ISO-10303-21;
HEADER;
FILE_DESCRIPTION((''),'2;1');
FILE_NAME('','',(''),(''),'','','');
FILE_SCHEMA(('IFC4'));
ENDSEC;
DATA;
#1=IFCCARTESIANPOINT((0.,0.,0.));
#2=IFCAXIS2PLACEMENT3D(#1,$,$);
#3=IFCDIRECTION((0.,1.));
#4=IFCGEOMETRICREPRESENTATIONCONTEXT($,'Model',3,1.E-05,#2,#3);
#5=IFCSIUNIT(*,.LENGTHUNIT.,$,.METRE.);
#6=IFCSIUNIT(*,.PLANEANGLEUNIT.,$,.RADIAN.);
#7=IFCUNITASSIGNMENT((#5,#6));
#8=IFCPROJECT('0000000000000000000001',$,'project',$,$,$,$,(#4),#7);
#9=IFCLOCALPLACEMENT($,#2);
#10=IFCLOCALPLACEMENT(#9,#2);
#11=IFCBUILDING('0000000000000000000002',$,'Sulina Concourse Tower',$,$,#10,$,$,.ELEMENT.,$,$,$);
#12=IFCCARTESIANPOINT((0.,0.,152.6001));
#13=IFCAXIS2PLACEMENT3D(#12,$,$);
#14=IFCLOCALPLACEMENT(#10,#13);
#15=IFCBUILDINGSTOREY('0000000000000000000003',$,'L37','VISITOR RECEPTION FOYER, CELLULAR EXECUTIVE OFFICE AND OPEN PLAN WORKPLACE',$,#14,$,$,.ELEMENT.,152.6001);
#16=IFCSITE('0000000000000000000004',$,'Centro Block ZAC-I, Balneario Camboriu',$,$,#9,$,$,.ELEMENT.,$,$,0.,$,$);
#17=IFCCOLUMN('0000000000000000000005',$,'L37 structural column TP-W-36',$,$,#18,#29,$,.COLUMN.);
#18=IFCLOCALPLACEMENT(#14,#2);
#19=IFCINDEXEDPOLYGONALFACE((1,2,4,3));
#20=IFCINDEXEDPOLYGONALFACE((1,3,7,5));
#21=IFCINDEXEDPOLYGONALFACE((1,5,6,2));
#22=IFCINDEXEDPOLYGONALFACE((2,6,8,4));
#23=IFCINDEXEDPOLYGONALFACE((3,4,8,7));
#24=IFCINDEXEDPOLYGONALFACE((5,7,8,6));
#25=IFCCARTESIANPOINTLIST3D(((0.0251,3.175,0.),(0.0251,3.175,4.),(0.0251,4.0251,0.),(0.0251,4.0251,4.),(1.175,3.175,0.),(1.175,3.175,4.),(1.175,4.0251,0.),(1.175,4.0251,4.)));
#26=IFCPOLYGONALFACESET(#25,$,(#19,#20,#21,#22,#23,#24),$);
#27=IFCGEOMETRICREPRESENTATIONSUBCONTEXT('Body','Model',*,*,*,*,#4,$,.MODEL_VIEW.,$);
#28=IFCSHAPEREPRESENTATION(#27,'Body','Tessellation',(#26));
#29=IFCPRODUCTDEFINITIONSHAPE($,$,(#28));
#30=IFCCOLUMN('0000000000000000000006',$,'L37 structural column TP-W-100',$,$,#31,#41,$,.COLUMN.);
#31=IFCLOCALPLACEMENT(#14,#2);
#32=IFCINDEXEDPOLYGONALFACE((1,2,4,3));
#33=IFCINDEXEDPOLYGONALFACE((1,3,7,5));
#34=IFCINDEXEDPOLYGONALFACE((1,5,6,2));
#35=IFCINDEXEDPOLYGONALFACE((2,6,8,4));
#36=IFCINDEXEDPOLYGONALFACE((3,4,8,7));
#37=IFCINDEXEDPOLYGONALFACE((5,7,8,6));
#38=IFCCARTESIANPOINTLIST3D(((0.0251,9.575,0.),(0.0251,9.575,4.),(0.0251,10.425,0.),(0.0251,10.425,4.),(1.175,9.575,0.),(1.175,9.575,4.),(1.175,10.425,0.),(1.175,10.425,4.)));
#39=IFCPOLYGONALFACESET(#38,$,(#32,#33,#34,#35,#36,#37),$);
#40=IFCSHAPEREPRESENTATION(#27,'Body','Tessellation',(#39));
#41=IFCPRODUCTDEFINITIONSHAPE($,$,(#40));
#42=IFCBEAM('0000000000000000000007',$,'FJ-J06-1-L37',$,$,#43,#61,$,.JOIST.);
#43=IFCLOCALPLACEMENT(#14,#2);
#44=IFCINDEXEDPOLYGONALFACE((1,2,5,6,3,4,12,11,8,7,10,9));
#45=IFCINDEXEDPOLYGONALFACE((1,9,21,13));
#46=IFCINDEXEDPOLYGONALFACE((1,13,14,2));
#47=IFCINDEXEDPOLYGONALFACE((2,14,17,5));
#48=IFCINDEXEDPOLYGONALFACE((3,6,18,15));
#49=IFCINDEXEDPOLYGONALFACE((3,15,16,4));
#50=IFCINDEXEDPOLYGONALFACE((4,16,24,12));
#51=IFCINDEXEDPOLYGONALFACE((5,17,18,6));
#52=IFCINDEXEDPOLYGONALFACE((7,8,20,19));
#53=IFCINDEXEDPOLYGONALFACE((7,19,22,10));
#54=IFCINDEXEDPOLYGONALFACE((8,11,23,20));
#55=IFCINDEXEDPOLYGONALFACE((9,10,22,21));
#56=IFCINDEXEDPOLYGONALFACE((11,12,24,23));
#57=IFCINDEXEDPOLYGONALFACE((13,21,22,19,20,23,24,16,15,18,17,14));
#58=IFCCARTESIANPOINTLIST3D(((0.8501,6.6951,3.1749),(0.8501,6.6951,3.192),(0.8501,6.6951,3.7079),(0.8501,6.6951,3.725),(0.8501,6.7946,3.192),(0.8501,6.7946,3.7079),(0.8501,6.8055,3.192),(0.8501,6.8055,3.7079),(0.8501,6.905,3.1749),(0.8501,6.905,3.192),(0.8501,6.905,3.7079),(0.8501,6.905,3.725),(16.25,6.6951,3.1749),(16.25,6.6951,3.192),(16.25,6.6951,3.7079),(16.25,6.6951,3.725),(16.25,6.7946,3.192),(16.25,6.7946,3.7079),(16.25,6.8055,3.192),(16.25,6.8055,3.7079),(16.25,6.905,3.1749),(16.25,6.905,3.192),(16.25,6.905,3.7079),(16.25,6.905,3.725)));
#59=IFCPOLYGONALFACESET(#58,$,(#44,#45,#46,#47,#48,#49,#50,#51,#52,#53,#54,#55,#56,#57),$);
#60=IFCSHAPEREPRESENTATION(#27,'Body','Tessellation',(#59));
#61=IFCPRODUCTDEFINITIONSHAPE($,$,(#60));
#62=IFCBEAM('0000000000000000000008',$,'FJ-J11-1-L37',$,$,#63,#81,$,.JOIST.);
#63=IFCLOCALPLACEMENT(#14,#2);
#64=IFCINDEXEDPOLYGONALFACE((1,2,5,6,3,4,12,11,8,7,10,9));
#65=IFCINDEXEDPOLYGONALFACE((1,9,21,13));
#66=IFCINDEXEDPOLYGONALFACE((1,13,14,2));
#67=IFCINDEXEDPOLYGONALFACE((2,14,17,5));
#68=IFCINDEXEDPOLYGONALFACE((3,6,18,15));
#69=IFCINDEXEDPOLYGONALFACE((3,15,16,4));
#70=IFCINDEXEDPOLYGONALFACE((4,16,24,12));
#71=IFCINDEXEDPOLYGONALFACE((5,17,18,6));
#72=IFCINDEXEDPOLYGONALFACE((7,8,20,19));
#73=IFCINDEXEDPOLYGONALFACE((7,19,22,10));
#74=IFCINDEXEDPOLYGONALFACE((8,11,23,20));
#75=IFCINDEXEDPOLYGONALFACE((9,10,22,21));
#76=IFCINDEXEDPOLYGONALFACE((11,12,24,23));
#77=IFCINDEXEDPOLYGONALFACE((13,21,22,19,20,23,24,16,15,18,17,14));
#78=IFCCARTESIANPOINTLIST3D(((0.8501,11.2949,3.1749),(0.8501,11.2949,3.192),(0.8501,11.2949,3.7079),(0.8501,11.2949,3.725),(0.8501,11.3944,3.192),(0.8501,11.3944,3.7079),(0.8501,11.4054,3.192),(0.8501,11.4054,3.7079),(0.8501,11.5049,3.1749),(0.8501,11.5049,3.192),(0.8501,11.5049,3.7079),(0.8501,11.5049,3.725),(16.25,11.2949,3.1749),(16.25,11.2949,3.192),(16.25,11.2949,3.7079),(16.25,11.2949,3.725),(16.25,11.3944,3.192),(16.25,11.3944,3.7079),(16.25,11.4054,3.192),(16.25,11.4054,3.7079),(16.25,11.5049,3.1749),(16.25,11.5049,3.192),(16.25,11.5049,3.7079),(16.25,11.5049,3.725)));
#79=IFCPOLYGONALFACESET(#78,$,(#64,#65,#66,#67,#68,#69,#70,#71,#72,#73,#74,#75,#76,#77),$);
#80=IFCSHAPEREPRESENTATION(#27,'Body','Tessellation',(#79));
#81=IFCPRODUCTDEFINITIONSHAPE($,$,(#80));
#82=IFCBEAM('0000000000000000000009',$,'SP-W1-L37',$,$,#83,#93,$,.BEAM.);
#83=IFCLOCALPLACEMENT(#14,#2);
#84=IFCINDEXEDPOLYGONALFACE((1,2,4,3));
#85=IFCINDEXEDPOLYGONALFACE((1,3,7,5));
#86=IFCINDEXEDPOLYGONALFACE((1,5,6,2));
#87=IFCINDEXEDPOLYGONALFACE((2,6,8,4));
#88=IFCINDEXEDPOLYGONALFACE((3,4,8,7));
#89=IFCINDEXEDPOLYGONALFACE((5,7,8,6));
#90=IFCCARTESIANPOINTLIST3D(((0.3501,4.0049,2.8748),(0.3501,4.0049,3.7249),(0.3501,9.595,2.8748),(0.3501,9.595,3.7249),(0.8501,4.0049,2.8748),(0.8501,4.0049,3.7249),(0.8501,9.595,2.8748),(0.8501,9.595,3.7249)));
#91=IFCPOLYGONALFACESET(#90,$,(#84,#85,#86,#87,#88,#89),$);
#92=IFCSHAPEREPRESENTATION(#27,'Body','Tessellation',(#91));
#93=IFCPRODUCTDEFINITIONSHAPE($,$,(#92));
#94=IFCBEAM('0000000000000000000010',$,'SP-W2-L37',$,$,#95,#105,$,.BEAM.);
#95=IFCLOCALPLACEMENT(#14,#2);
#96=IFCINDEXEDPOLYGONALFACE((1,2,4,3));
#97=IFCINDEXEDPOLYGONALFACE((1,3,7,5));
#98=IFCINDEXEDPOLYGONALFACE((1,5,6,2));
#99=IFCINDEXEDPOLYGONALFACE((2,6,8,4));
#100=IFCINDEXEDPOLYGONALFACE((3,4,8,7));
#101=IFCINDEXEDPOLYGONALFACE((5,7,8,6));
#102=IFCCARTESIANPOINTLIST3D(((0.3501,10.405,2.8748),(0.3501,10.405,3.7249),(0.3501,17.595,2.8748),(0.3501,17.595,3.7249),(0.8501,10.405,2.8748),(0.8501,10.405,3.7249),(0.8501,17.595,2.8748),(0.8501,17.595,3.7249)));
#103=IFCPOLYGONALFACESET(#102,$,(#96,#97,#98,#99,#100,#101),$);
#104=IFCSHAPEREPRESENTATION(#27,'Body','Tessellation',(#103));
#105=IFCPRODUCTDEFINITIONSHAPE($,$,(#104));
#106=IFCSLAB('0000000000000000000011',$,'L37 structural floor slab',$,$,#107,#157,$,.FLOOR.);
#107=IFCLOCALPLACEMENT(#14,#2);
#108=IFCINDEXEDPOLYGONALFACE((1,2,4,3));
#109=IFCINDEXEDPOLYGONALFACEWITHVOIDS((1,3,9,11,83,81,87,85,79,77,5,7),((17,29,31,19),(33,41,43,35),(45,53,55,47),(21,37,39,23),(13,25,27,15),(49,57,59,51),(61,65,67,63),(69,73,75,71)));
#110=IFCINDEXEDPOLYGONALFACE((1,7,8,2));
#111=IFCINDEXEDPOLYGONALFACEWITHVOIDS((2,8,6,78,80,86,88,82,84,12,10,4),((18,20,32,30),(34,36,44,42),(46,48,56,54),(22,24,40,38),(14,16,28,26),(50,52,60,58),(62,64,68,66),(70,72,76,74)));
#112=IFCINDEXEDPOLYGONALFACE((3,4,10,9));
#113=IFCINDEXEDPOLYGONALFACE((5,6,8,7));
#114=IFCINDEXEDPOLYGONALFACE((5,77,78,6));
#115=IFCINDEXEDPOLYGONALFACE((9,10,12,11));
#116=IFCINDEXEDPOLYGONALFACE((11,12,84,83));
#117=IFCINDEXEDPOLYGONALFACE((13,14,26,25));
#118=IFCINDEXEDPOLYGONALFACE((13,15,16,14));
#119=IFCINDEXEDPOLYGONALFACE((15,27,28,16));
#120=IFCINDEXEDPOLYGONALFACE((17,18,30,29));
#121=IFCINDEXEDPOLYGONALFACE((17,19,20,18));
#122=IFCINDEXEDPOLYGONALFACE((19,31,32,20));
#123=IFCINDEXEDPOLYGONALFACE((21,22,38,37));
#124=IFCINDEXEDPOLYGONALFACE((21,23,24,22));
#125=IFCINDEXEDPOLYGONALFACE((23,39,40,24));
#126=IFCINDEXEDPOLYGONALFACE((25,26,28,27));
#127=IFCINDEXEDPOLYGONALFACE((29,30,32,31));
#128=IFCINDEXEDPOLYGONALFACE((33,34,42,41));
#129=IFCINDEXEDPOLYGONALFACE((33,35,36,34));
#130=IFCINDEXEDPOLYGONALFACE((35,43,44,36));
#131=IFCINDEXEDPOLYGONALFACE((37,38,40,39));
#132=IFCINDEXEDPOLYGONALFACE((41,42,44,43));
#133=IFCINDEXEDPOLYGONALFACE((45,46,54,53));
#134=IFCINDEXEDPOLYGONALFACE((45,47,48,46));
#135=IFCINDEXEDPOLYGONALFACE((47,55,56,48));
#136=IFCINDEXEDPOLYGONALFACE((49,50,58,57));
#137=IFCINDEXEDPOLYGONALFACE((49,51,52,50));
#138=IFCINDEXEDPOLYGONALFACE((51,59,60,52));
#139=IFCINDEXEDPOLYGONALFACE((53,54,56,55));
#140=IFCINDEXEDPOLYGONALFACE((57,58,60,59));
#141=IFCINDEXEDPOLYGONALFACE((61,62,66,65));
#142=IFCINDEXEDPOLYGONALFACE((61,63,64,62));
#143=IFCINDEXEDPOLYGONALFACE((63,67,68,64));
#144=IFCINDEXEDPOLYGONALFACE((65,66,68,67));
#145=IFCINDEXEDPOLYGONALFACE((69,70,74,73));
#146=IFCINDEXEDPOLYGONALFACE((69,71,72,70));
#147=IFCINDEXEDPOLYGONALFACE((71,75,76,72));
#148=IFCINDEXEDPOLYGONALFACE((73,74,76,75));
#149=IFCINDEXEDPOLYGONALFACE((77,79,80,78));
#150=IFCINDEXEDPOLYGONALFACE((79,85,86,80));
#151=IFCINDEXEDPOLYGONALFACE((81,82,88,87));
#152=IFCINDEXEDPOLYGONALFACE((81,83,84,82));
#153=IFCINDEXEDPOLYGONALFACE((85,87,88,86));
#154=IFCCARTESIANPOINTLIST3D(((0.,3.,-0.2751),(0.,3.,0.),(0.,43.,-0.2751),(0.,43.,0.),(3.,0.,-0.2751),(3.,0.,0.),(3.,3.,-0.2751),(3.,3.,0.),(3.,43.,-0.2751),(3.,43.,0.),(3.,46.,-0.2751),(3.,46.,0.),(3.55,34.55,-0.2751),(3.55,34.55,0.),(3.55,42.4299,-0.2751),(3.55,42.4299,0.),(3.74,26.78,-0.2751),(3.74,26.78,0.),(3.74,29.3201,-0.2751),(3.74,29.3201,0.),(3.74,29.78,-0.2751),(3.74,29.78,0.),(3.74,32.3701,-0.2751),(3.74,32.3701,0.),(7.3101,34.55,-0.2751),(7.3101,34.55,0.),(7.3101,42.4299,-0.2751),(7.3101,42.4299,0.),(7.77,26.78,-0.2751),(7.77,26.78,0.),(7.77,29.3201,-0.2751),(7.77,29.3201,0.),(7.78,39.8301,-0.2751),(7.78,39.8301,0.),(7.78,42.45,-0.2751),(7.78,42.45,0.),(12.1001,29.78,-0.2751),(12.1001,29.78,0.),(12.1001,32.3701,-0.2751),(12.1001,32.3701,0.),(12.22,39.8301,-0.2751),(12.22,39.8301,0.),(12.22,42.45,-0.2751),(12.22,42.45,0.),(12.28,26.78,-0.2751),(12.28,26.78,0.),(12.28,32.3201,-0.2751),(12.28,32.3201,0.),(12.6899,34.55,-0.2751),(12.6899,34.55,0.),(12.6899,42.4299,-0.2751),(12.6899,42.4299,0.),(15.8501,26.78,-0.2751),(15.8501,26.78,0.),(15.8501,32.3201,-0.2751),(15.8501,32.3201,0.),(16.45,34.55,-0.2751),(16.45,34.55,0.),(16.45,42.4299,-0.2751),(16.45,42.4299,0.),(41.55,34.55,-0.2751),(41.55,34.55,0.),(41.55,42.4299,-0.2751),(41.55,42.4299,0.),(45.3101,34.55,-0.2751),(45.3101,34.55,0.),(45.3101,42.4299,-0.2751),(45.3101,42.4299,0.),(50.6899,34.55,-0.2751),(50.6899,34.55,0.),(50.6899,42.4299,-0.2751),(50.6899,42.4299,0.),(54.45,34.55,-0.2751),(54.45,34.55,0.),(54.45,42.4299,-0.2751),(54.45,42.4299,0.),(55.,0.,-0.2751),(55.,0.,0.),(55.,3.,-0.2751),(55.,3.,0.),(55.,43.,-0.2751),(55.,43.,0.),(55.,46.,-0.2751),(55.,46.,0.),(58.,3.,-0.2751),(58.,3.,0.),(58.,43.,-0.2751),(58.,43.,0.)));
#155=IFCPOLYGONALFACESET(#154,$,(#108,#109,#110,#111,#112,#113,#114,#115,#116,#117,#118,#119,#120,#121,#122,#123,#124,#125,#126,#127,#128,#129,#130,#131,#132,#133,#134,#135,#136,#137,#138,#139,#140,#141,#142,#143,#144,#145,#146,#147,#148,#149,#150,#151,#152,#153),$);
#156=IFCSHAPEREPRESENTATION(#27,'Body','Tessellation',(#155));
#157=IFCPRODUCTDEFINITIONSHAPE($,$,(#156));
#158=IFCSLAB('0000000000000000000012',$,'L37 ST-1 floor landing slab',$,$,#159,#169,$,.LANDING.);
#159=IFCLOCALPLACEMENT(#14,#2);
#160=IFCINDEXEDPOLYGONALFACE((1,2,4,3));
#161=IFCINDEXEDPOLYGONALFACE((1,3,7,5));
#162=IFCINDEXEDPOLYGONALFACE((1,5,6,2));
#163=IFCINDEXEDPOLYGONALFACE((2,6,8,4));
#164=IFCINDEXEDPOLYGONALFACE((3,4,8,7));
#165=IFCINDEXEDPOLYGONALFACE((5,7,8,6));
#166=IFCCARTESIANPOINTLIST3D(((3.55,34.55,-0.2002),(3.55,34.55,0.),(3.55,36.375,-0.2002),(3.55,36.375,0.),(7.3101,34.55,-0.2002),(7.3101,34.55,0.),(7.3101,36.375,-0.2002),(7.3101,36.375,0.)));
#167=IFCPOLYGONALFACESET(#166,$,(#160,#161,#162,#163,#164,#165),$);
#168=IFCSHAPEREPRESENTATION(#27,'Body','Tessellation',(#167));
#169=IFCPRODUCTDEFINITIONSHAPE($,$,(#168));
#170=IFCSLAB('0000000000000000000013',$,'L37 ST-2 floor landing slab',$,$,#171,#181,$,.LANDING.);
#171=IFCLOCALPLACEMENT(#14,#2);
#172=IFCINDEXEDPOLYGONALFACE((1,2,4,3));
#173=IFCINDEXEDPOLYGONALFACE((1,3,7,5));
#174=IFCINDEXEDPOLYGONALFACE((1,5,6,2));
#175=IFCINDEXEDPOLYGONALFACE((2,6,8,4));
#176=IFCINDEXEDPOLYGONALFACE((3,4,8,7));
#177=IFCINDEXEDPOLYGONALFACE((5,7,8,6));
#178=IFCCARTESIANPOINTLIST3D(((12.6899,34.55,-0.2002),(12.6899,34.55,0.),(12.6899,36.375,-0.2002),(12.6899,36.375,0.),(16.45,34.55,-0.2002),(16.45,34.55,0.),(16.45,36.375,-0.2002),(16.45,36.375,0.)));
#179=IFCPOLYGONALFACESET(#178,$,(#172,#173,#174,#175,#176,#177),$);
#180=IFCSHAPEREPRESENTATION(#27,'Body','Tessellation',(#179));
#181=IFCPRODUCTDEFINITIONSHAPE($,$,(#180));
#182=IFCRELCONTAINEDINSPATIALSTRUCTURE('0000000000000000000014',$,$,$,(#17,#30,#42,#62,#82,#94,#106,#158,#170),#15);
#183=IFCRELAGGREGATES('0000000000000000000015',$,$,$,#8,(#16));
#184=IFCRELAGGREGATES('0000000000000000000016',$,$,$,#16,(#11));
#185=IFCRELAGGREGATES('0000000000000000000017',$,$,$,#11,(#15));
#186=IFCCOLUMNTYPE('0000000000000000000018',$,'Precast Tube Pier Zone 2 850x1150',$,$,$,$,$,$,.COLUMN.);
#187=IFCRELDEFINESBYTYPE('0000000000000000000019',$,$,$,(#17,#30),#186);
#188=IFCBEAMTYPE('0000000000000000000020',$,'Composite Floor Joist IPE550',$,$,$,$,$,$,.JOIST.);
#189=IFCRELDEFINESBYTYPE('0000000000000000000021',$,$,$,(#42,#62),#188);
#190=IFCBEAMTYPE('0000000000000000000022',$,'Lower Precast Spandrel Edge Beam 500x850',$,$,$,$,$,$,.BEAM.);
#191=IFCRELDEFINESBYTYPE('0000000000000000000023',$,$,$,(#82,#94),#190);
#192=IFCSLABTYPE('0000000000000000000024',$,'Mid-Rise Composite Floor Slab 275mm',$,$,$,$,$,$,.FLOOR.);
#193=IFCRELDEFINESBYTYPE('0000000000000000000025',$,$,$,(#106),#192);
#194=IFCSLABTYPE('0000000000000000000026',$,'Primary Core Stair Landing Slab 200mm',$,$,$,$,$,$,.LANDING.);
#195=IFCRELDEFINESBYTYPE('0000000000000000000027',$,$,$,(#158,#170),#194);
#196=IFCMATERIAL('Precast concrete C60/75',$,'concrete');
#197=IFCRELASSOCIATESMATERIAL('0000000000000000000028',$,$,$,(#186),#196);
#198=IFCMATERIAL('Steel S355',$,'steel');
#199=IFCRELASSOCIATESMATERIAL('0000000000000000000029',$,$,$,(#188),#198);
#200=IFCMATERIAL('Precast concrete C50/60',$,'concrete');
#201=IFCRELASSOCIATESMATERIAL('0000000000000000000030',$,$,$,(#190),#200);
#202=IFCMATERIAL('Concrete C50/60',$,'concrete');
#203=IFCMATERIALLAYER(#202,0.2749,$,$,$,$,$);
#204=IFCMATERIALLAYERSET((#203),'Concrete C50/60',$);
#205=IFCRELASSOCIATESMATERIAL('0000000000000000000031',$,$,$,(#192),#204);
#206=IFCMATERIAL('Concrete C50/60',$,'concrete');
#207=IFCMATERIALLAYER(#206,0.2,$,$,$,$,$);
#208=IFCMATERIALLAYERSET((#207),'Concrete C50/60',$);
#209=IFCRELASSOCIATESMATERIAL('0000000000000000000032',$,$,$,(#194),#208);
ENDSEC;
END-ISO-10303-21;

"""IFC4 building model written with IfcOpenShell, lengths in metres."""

from ifc_helpers import new_model, si_unit, direction, frame, origin, origin_2d, place, context, subcontext, project, spatial, polyline, rectangle, i_section, outline, extrude, material, layer, layer_set, material_profile, profile_set, type_object, element, save


model = new_model("IFC4")

# Units and contexts
model_context = context("Model", 3, precision=1e-05, world=origin(), true_north=direction((0.0, 1.0)))
body_context = subcontext(model_context, "Body", "Model", "MODEL_VIEW")
ifc_project = project(units=[si_unit("LENGTHUNIT", "METRE"), si_unit("PLANEANGLEUNIT", "RADIAN")], contexts=[model_context])

# Site, building, storey
site_placement = place(None, origin())
site = spatial("IfcSite", under=ifc_project, at=site_placement, Name="Centro Block ZAC-I, Balneario Camboriu", CompositionType="ELEMENT", RefElevation=0.0)
building_placement = place(site_placement, origin())
building = spatial("IfcBuilding", under=site, at=building_placement, Name="Sulina Concourse Tower", CompositionType="ELEMENT")
storey_placement = place(building_placement, frame((0.0, 0.0, 152.6001)))
storey = spatial("IfcBuildingStorey", under=building, at=storey_placement, Name="L37", Description="VISITOR RECEPTION FOYER, CELLULAR EXECUTIVE OFFICE AND OPEN PLAN WORKPLACE", CompositionType="ELEMENT", Elevation=152.6001)

# Columns
ifc_material_1 = material(Name="Precast concrete C60/75", Category="concrete")
ifc_material_profile_1 = material_profile(ifc_material_1, rectangle(XDim=0.8501, YDim=1.1499, at=origin_2d()), Name="PC 850x1150")
ifc_profile_set_1 = profile_set([ifc_material_profile_1], Name="Precast concrete C60/75")
column_type = type_object("IfcColumnType", Name="Precast Tube Pier Zone 2 850x1150", PredefinedType="COLUMN", material=ifc_profile_set_1)
for number, where, z_axis, x_axis, name in (
    (1, (0.6001, 3.6001, 0.0), (0.0, 0.0, 1.0), (0.0, 1.0, 0.0), "L37 structural column TP-W-36"),
    (2, (0.6001, 10.0, 0.0), (0.0, 0.0, 1.0), (0.0, 1.0, 0.0), "L37 structural column TP-W-100"),
):
    element("IfcColumn", number, at=place(storey_placement, frame(where, z_axis=z_axis, x_axis=x_axis)), inside=storey, type_object=column_type, Name=name, PredefinedType="COLUMN", context=body_context, shape_type="SweptSolid", body=[
        extrude(rectangle(XDim=0.8501, YDim=1.1499, at=origin_2d()), origin(), (0.0, 0.0, 1.0), 4.0),
    ])

# Beams
ifc_material_2 = material(Name="Steel S355", Category="steel")
ifc_material_profile_2 = material_profile(ifc_material_2, i_section(OverallWidth=0.21, OverallDepth=0.55, WebThickness=0.011, FlangeThickness=0.0171, at=origin_2d()), Name="IPE 550")
ifc_profile_set_2 = profile_set([ifc_material_profile_2], Name="Steel S355")
beam_type_1 = type_object("IfcBeamType", Name="Composite Floor Joist IPE550", PredefinedType="JOIST", material=ifc_profile_set_2)
for number, where, z_axis, x_axis, name in (
    (3, (0.8501, 6.8, 3.45), (1.0, 0.0, 0.0), (0.0, 1.0, 0.0), "FJ-J06-1-L37"),
    (4, (0.8501, 11.3999, 3.45), (1.0, 0.0, 0.0), (0.0, 1.0, 0.0), "FJ-J11-1-L37"),
):
    element("IfcBeam", number, at=place(storey_placement, frame(where, z_axis=z_axis, x_axis=x_axis)), inside=storey, type_object=beam_type_1, Name=name, PredefinedType="JOIST", context=body_context, shape_type="SweptSolid", body=[
        extrude(i_section(OverallWidth=0.21, OverallDepth=0.55, WebThickness=0.011, FlangeThickness=0.0171, at=origin_2d()), origin(), (0.0, 0.0, 1.0), 15.3999),
    ])
ifc_material_3 = material(Name="Precast concrete C50/60", Category="concrete")
ifc_material_profile_3 = material_profile(ifc_material_3, rectangle(XDim=0.5, YDim=0.8501, at=origin_2d()), Name="RC 500x850")
ifc_profile_set_3 = profile_set([ifc_material_profile_3], Name="Precast concrete C50/60")
beam_type_2 = type_object("IfcBeamType", Name="Lower Precast Spandrel Edge Beam 500x850", PredefinedType="BEAM", material=ifc_profile_set_3)
beam_1_placement = place(storey_placement, frame((0.6001, 4.0049, 3.2998), z_axis=(0.0, 1.0, 0.0), x_axis=(-1.0, 0.0, 0.0)))
element("IfcBeam", 5, at=beam_1_placement, inside=storey, type_object=beam_type_2, Name="SP-W1-L37", PredefinedType="BEAM", context=body_context, shape_type="SweptSolid", body=[
    extrude(rectangle(XDim=0.5, YDim=0.8501, at=origin_2d()), origin(), (0.0, 0.0, 1.0), 5.5901),
])
beam_2_placement = place(storey_placement, frame((0.6001, 10.405, 3.2998), z_axis=(0.0, 1.0, 0.0), x_axis=(-1.0, 0.0, 0.0)))
element("IfcBeam", 6, at=beam_2_placement, inside=storey, type_object=beam_type_2, Name="SP-W2-L37", PredefinedType="BEAM", context=body_context, shape_type="SweptSolid", body=[
    extrude(rectangle(XDim=0.5, YDim=0.8501, at=origin_2d()), origin(), (0.0, 0.0, 1.0), 7.1899),
])

# Slabs
ifc_material_4 = material(Name="Concrete C50/60", Category="concrete")
ifc_layer_1 = layer(ifc_material_4, 0.2749)
ifc_layer_set_1 = layer_set([ifc_layer_1], Name="Concrete C50/60")
slab_type_1 = type_object("IfcSlabType", Name="Mid-Rise Composite Floor Slab 275mm", PredefinedType="FLOOR", material=ifc_layer_set_1)
slab_1_placement = place(storey_placement, frame((0.0, 0.0, -0.2751)))
element("IfcSlab", 7, at=slab_1_placement, inside=storey, type_object=slab_type_1, Name="L37 structural floor slab", PredefinedType="FLOOR", context=body_context, shape_type="SweptSolid", body=[
    extrude(outline(polyline([(3.0, 0.0), (55.0, 0.0), (55.0, 3.0), (58.0, 3.0), (58.0, 43.0), (55.0, 43.0), (55.0, 46.0), (3.0, 46.0), (3.0, 43.0), (0.0, 43.0), (0.0, 3.0), (3.0, 3.0), (3.0, 0.0)]), holes=[polyline([(7.3101, 34.55), (7.3101, 42.4299), (3.55, 42.4299), (3.55, 34.55), (7.3101, 34.55)]), polyline([(16.45, 34.55), (16.45, 42.4299), (12.6899, 42.4299), (12.6899, 34.55), (16.45, 34.55)]), polyline([(45.3101, 34.55), (45.3101, 42.4299), (41.55, 42.4299), (41.55, 34.55), (45.3101, 34.55)]), polyline([(54.45, 34.55), (54.45, 42.4299), (50.6899, 42.4299), (50.6899, 34.55), (54.45, 34.55)]), polyline([(7.78, 39.8301), (12.22, 39.8301), (12.22, 42.45), (7.78, 42.45), (7.78, 39.8301)]), polyline([(3.74, 26.78), (7.77, 26.78), (7.77, 29.3201), (3.74, 29.3201), (3.74, 26.78)]), polyline([(3.74, 29.78), (12.1001, 29.78), (12.1001, 32.3701), (3.74, 32.3701), (3.74, 29.78)]), polyline([(12.28, 26.78), (15.8501, 26.78), (15.8501, 32.3201), (12.28, 32.3201), (12.28, 26.78)])]), origin(), (0.0, 0.0, 1.0), 0.2751),
])
ifc_material_5 = material(Name="Concrete C50/60", Category="concrete")
ifc_layer_2 = layer(ifc_material_5, 0.2)
ifc_layer_set_2 = layer_set([ifc_layer_2], Name="Concrete C50/60")
slab_type_2 = type_object("IfcSlabType", Name="Primary Core Stair Landing Slab 200mm", PredefinedType="LANDING", material=ifc_layer_set_2)
slab_2_placement = place(storey_placement, frame((0.0, 0.0, -0.2002)))
element("IfcSlab", 8, at=slab_2_placement, inside=storey, type_object=slab_type_2, Name="L37 ST-1 floor landing slab", PredefinedType="LANDING", context=body_context, shape_type="SweptSolid", body=[
    extrude(outline(polyline([(7.3101, 34.55), (7.3101, 36.375), (3.55, 36.375), (3.55, 34.55), (7.3101, 34.55)])), origin(), (0.0, 0.0, 1.0), 0.2002),
])
slab_3_placement = place(storey_placement, frame((0.0, 0.0, -0.2002)))
element("IfcSlab", 9, at=slab_3_placement, inside=storey, type_object=slab_type_2, Name="L37 ST-2 floor landing slab", PredefinedType="LANDING", context=body_context, shape_type="SweptSolid", body=[
    extrude(outline(polyline([(16.45, 34.55), (16.45, 36.375), (12.6899, 36.375), (12.6899, 34.55), (16.45, 34.55)])), origin(), (0.0, 0.0, 1.0), 0.2002),
])

save(model, "model.ifc")
